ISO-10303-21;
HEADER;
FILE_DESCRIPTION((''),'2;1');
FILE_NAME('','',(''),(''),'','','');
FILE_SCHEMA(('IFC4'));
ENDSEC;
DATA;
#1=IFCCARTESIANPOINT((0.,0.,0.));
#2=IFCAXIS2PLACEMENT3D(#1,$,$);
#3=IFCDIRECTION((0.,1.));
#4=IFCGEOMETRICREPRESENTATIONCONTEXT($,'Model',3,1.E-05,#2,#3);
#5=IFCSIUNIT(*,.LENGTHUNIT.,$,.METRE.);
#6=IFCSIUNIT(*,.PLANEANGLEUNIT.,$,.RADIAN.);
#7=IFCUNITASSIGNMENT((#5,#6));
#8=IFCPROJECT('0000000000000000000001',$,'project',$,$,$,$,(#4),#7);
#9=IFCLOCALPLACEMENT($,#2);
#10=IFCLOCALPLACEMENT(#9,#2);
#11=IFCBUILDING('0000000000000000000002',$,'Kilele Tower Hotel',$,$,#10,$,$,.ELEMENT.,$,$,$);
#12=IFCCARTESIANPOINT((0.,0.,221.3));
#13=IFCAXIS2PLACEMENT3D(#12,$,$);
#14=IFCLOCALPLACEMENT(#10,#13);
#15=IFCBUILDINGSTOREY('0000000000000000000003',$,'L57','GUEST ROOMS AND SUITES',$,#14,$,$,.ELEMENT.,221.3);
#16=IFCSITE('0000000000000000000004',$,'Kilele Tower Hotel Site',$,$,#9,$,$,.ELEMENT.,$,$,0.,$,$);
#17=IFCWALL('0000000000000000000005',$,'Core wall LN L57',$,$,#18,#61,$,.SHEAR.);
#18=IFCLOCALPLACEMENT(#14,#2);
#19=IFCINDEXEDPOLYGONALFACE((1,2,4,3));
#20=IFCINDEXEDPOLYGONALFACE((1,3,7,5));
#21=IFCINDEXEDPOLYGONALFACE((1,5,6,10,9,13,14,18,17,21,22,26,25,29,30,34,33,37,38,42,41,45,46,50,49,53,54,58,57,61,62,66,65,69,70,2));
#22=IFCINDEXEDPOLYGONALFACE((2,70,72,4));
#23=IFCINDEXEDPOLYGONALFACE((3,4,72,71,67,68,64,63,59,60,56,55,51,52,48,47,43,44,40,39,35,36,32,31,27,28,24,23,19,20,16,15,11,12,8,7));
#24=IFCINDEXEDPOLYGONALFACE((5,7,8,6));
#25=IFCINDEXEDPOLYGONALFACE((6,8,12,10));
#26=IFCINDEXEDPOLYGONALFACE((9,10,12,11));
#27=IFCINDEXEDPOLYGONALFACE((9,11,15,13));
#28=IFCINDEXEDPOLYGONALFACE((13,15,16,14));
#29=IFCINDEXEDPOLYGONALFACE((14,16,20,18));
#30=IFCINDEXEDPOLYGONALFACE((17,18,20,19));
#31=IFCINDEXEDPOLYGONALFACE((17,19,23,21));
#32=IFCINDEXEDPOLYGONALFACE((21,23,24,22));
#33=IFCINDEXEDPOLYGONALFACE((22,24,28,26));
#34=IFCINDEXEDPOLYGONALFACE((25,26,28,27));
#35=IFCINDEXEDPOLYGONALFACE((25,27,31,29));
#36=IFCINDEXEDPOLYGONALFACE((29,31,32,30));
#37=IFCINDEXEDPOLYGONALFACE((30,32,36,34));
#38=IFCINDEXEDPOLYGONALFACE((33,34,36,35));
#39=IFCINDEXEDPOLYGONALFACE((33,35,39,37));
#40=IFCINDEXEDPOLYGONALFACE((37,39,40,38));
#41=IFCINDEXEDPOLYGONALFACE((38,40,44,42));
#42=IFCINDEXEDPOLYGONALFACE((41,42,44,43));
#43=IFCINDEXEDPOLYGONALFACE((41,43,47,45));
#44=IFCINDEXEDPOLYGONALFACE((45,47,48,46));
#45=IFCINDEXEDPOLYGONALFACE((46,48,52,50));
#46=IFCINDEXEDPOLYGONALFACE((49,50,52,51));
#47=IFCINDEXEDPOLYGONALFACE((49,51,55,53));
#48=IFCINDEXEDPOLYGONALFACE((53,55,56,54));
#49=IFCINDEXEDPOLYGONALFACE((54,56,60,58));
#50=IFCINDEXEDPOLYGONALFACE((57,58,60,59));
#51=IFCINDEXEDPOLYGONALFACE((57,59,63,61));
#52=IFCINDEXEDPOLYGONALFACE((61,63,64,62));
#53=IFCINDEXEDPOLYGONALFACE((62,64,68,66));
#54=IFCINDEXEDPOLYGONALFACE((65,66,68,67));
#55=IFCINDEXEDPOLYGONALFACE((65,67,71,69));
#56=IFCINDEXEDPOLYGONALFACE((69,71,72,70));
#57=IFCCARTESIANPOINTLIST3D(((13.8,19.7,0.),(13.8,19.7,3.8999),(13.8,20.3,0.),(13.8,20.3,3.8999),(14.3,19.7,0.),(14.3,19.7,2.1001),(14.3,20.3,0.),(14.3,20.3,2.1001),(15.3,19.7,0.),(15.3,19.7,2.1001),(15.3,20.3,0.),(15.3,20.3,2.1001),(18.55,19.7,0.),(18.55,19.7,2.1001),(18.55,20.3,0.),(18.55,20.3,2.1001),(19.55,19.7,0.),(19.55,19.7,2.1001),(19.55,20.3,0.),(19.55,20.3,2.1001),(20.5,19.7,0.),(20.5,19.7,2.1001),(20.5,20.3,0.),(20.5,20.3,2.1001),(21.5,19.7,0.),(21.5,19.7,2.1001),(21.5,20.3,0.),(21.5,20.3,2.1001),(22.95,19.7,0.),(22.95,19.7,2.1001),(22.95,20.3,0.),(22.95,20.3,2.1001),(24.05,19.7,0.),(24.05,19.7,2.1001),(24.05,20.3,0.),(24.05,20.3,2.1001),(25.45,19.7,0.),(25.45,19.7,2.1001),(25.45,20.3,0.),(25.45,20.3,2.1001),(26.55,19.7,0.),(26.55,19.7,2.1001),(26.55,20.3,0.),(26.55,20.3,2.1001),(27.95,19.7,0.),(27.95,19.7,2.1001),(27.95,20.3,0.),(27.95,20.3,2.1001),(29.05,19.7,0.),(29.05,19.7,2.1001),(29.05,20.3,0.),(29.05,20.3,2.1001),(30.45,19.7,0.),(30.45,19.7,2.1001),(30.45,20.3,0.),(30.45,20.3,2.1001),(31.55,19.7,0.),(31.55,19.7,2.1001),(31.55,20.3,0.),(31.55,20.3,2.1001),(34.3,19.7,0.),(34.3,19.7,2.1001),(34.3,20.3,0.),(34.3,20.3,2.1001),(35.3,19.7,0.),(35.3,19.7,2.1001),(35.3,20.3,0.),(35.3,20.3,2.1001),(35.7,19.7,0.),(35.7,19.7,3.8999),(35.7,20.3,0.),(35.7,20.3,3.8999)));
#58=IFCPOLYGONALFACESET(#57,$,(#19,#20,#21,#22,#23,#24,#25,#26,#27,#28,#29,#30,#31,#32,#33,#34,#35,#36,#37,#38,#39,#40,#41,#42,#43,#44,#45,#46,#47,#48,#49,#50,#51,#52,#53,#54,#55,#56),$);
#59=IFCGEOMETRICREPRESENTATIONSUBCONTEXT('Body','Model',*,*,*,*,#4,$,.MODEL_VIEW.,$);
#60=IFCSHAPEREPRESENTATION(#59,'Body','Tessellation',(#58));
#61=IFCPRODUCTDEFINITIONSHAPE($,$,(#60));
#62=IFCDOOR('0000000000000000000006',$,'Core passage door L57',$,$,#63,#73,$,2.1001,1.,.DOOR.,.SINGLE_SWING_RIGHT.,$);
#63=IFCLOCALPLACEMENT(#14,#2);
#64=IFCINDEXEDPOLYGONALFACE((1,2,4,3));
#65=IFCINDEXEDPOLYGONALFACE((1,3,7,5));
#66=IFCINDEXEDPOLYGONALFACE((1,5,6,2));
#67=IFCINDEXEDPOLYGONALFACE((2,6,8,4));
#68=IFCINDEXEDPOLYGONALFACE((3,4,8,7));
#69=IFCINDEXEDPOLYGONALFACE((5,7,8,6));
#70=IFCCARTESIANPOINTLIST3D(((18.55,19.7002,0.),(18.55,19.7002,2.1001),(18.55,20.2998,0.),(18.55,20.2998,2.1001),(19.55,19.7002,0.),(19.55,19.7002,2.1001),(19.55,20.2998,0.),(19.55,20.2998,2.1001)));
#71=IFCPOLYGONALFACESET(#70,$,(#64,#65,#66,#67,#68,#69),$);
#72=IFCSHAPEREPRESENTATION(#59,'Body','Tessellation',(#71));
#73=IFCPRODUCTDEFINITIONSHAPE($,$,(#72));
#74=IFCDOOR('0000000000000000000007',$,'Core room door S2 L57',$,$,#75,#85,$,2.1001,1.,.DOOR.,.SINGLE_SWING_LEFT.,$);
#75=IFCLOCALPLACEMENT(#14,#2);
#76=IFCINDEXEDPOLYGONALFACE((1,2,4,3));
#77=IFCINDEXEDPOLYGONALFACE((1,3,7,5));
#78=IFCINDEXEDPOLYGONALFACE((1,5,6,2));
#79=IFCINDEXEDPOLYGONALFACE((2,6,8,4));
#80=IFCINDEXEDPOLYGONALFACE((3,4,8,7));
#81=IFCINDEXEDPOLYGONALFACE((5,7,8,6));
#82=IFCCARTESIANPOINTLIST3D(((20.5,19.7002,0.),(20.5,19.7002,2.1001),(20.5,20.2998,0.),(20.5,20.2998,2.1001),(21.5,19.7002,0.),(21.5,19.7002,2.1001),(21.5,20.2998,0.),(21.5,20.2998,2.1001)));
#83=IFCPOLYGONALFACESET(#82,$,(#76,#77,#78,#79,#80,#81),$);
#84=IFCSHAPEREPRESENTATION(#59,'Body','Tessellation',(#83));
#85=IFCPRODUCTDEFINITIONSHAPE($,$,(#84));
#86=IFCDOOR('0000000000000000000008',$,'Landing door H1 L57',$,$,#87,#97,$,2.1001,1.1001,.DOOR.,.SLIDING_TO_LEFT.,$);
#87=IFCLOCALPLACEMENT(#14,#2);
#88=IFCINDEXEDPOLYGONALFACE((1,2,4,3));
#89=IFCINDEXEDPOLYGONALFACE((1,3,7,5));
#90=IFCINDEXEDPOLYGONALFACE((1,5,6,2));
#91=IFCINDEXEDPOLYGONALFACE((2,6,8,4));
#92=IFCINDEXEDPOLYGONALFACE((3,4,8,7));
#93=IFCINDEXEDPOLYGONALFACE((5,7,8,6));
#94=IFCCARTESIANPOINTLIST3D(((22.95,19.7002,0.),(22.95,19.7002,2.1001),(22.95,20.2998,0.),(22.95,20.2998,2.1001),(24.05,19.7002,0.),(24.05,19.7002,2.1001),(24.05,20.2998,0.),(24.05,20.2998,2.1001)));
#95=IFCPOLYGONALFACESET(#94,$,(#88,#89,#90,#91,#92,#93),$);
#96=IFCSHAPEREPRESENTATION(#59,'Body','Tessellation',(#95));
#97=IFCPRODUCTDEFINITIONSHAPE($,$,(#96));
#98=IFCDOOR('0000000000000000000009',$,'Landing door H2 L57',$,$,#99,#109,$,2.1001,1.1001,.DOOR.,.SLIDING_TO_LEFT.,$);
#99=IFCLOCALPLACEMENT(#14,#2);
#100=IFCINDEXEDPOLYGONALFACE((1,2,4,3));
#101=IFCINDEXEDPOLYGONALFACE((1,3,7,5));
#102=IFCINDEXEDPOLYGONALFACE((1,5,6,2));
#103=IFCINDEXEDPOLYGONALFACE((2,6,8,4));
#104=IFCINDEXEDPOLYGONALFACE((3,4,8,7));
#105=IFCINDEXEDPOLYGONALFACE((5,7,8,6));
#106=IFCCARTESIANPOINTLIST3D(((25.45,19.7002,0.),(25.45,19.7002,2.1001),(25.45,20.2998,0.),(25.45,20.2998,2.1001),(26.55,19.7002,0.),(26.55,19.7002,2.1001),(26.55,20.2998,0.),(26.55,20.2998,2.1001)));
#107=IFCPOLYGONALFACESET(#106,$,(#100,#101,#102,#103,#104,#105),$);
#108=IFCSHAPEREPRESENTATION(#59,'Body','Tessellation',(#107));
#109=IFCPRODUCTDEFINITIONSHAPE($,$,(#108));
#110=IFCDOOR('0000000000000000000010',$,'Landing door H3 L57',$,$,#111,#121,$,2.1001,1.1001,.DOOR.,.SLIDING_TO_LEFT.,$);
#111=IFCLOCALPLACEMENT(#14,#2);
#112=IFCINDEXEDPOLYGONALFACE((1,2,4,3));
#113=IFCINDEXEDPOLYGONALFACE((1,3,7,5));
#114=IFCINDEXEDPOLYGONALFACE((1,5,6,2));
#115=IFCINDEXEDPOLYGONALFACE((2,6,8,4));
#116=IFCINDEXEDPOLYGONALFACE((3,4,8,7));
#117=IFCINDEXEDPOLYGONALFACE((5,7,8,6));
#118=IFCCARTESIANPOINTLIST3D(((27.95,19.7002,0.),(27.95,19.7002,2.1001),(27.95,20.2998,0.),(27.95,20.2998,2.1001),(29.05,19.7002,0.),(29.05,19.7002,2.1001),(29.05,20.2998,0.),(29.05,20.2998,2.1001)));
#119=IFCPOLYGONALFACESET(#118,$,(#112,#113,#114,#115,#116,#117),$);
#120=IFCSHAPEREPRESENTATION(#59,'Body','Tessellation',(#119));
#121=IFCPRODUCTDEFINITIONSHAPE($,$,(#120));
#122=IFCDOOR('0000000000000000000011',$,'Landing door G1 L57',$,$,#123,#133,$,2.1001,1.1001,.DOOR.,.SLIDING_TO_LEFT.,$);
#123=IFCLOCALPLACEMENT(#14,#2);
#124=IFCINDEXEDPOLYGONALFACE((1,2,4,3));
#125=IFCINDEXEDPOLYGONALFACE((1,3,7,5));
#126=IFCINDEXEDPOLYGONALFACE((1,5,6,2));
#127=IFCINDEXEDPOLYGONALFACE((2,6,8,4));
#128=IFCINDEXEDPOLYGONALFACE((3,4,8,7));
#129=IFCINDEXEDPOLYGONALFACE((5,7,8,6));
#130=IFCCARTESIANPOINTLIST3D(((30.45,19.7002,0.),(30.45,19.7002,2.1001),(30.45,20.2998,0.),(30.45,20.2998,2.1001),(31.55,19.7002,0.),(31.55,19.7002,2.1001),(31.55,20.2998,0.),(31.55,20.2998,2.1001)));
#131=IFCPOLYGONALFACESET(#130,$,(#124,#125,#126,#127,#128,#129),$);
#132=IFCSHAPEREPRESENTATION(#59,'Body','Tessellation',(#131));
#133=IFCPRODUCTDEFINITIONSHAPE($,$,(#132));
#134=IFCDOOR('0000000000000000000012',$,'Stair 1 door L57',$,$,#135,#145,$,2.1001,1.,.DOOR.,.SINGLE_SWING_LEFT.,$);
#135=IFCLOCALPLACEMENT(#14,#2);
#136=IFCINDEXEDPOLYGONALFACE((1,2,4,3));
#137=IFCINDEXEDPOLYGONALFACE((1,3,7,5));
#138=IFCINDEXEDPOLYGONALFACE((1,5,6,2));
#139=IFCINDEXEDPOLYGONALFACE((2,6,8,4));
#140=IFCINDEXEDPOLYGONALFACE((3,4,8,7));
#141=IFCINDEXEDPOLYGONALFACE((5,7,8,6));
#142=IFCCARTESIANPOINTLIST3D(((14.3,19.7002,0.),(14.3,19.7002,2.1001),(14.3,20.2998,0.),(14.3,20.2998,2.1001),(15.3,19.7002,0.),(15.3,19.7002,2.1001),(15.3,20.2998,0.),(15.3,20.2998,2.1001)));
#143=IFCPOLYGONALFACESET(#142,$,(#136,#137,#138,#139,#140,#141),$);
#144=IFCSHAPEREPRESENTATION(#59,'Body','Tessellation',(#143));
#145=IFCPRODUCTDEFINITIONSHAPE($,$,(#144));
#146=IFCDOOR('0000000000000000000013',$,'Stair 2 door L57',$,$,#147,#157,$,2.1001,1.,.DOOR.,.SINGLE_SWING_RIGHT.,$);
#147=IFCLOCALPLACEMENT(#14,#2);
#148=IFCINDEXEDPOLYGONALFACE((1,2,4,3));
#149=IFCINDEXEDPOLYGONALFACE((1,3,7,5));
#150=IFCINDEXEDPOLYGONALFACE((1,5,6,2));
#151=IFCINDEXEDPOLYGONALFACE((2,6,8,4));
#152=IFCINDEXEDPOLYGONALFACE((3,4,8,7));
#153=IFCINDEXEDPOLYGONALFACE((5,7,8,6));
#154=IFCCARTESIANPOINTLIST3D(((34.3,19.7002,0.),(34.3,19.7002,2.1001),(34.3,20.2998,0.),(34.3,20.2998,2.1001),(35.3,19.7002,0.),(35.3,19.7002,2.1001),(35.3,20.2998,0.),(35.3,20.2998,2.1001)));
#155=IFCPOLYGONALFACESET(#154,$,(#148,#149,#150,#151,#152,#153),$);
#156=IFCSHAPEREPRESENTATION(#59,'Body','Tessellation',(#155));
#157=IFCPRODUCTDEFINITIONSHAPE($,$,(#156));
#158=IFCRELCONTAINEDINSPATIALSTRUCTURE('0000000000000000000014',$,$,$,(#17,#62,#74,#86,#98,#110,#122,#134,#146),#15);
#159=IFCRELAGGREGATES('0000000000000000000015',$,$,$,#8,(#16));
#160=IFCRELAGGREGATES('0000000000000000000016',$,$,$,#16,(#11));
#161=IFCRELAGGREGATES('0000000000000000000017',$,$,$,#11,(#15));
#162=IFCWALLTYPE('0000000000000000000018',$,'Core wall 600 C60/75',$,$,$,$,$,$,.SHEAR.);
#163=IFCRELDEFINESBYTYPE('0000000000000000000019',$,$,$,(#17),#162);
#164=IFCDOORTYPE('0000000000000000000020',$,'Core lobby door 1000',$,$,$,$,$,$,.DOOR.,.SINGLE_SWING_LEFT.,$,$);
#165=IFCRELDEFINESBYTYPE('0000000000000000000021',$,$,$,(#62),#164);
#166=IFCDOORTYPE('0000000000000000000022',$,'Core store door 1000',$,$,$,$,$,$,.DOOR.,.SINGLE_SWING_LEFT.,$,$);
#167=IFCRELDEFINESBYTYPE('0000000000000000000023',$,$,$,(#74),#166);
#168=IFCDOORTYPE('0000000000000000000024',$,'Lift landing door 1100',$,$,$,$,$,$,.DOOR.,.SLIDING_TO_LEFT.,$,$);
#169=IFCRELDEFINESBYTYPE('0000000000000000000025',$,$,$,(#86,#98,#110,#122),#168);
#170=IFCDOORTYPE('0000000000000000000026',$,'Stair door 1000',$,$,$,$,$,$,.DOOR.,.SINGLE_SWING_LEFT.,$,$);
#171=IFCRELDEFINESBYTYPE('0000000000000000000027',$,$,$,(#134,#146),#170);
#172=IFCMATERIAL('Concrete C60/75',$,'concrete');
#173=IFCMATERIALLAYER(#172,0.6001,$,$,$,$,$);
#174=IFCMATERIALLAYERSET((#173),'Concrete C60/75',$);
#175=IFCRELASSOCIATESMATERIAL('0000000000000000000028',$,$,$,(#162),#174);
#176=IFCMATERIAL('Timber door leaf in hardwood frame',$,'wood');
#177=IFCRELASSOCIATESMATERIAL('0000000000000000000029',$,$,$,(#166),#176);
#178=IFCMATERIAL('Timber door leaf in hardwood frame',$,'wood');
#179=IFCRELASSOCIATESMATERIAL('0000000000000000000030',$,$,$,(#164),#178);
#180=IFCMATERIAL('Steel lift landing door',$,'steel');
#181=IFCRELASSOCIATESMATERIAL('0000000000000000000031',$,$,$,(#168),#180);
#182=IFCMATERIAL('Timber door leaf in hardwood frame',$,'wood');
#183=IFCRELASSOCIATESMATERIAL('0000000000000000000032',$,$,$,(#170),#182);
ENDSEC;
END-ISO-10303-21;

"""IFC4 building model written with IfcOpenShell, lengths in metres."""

from ifc_helpers import new_model, si_unit, direction, frame, frame_2d, origin, place, context, subcontext, project, spatial, rectangle, extrude, material, layer, layer_set, type_object, element, fill, save


model = new_model("IFC4")

# Units and contexts
model_context = context("Model", 3, precision=1e-05, world=origin(), true_north=direction((0.0, 1.0)))
body_context = subcontext(model_context, "Body", "Model", "MODEL_VIEW")
ifc_project = project(units=[si_unit("LENGTHUNIT", "METRE"), si_unit("PLANEANGLEUNIT", "RADIAN")], contexts=[model_context])

# Site, building, storey
site_placement = place(None, origin())
site = spatial("IfcSite", under=ifc_project, at=site_placement, Name="Kilele Tower Hotel Site", CompositionType="ELEMENT", RefElevation=0.0)
building_placement = place(site_placement, origin())
building = spatial("IfcBuilding", under=site, at=building_placement, Name="Kilele Tower Hotel", CompositionType="ELEMENT")
storey_placement = place(building_placement, frame((0.0, 0.0, 221.3)))
storey = spatial("IfcBuildingStorey", under=building, at=storey_placement, Name="L57", Description="GUEST ROOMS AND SUITES", CompositionType="ELEMENT", Elevation=221.3)

# Shared definitions
ifc_material_1 = material(Name="Concrete C60/75", Category="concrete")
ifc_layer_1 = layer(ifc_material_1, 0.6001)
ifc_layer_set_1 = layer_set([ifc_layer_1], Name="Concrete C60/75")
wall_type_1 = type_object("IfcWallType", Name="Core wall 600 C60/75", PredefinedType="SHEAR", material=ifc_layer_set_1)

# Wall, openings, doors
ifc_material_2 = material(Name="Timber door leaf in hardwood frame", Category="wood")
door_type_1 = type_object("IfcDoorType", Name="Core store door 1000", OperationType="SINGLE_SWING_LEFT", PredefinedType="DOOR", material=ifc_material_2)
wall_1_placement = place(storey_placement, frame((13.8, 20.0, 0.0), z_axis=(0.0, 0.0, 1.0), x_axis=(1.0, 0.0, 0.0)))
wall_1 = element("IfcWall", 1, at=wall_1_placement, inside=storey, type_object=wall_type_1, Name="Core wall LN L57", PredefinedType="SHEAR", context=body_context, shape_type="SweptSolid", body=[
    extrude(rectangle(XDim=21.8999, YDim=0.6001, at=frame_2d((10.95, 0.0))), origin(), (0.0, 0.0, 1.0), 3.8999),
])
opening_1_placement = place(wall_1_placement, frame((0.5, 0.0, 0.0)))
opening_1 = element("IfcOpeningElement", 2, at=opening_1_placement, cuts=wall_1, PredefinedType="OPENING", context=body_context, shape_type="SweptSolid", body=[
    extrude(rectangle(XDim=1.0, YDim=2.1001, at=frame_2d((0.5, 1.05))), frame((0.0, 0.3101, 0.0), z_axis=(0.0, -1.0, 0.0), x_axis=(1.0, 0.0, 0.0)), (0.0, 0.0, 1.0), 0.6201),
])
opening_2_placement = place(wall_1_placement, frame((20.5, 0.0, 0.0)))
opening_2 = element("IfcOpeningElement", 3, at=opening_2_placement, cuts=wall_1, PredefinedType="OPENING", context=body_context, shape_type="SweptSolid", body=[
    extrude(rectangle(XDim=1.0, YDim=2.1001, at=frame_2d((0.5, 1.05))), frame((0.0, 0.3101, 0.0), z_axis=(0.0, -1.0, 0.0), x_axis=(1.0, 0.0, 0.0)), (0.0, 0.0, 1.0), 0.6201),
])
opening_3_placement = place(wall_1_placement, frame((9.1499, 0.0, 0.0)))
opening_3 = element("IfcOpeningElement", 4, at=opening_3_placement, cuts=wall_1, PredefinedType="OPENING", context=body_context, shape_type="SweptSolid", body=[
    extrude(rectangle(XDim=1.1001, YDim=2.1001, at=frame_2d((0.55, 1.05))), frame((0.0, 0.3101, 0.0), z_axis=(0.0, -1.0, 0.0), x_axis=(1.0, 0.0, 0.0)), (0.0, 0.0, 1.0), 0.6201),
])
opening_4_placement = place(wall_1_placement, frame((11.6499, 0.0, 0.0)))
opening_4 = element("IfcOpeningElement", 5, at=opening_4_placement, cuts=wall_1, PredefinedType="OPENING", context=body_context, shape_type="SweptSolid", body=[
    extrude(rectangle(XDim=1.1001, YDim=2.1001, at=frame_2d((0.55, 1.05))), frame((0.0, 0.3101, 0.0), z_axis=(0.0, -1.0, 0.0), x_axis=(1.0, 0.0, 0.0)), (0.0, 0.0, 1.0), 0.6201),
])
opening_5_placement = place(wall_1_placement, frame((14.1499, 0.0, 0.0)))
opening_5 = element("IfcOpeningElement", 6, at=opening_5_placement, cuts=wall_1, PredefinedType="OPENING", context=body_context, shape_type="SweptSolid", body=[
    extrude(rectangle(XDim=1.1001, YDim=2.1001, at=frame_2d((0.55, 1.05))), frame((0.0, 0.3101, 0.0), z_axis=(0.0, -1.0, 0.0), x_axis=(1.0, 0.0, 0.0)), (0.0, 0.0, 1.0), 0.6201),
])
opening_6_placement = place(wall_1_placement, frame((16.6499, 0.0, 0.0)))
opening_6 = element("IfcOpeningElement", 7, at=opening_6_placement, cuts=wall_1, PredefinedType="OPENING", context=body_context, shape_type="SweptSolid", body=[
    extrude(rectangle(XDim=1.1001, YDim=2.1001, at=frame_2d((0.55, 1.05))), frame((0.0, 0.3101, 0.0), z_axis=(0.0, -1.0, 0.0), x_axis=(1.0, 0.0, 0.0)), (0.0, 0.0, 1.0), 0.6201),
])
opening_7_placement = place(wall_1_placement, frame((5.75, 0.0, 0.0), z_axis=(0.0, 0.0, 1.0), x_axis=(-1.0, 0.0, 0.0)))
opening_7 = element("IfcOpeningElement", 8, at=opening_7_placement, cuts=wall_1, PredefinedType="OPENING", context=body_context, shape_type="SweptSolid", body=[
    extrude(rectangle(XDim=1.0, YDim=2.1001, at=frame_2d((0.5, 1.05))), frame((0.0, 0.3101, 0.0), z_axis=(0.0, -1.0, 0.0), x_axis=(1.0, 0.0, 0.0)), (0.0, 0.0, 1.0), 0.6201),
])
opening_8_placement = place(wall_1_placement, frame((6.7, 0.0, 0.0)))
opening_8 = element("IfcOpeningElement", 9, at=opening_8_placement, cuts=wall_1, PredefinedType="OPENING", context=body_context, shape_type="SweptSolid", body=[
    extrude(rectangle(XDim=1.0, YDim=2.1001, at=frame_2d((0.5, 1.05))), frame((0.0, 0.3101, 0.0), z_axis=(0.0, -1.0, 0.0), x_axis=(1.0, 0.0, 0.0)), (0.0, 0.0, 1.0), 0.6201),
])
ifc_material_3 = material(Name="Timber door leaf in hardwood frame", Category="wood")
door_type_2 = type_object("IfcDoorType", Name="Core lobby door 1000", OperationType="SINGLE_SWING_LEFT", PredefinedType="DOOR", material=ifc_material_3)
door_1_placement = place(opening_7_placement, origin())
door_1 = element("IfcDoor", 10, at=door_1_placement, inside=storey, type_object=door_type_2, Name="Core passage door L57", OperationType="SINGLE_SWING_RIGHT", OverallHeight=2.1001, OverallWidth=1.0, PredefinedType="DOOR", context=body_context, shape_type="SweptSolid", body=[
    extrude(rectangle(XDim=1.0, YDim=2.1001, at=frame_2d((0.5, 1.05))), frame((0.0, 0.2998, 0.0), z_axis=(0.0, -1.0, 0.0), x_axis=(1.0, 0.0, 0.0)), (0.0, 0.0, 1.0), 0.5996),
])
fill(opening_7, door_1)
door_2_placement = place(opening_8_placement, origin())
door_2 = element("IfcDoor", 11, at=door_2_placement, inside=storey, type_object=door_type_1, Name="Core room door S2 L57", OperationType="SINGLE_SWING_LEFT", OverallHeight=2.1001, OverallWidth=1.0, PredefinedType="DOOR", context=body_context, shape_type="SweptSolid", body=[
    extrude(rectangle(XDim=1.0, YDim=2.1001, at=frame_2d((0.5, 1.05))), frame((0.0, 0.2998, 0.0), z_axis=(0.0, -1.0, 0.0), x_axis=(1.0, 0.0, 0.0)), (0.0, 0.0, 1.0), 0.5996),
])
fill(opening_8, door_2)
ifc_material_4 = material(Name="Steel lift landing door", Category="steel")
door_type_3 = type_object("IfcDoorType", Name="Lift landing door 1100", OperationType="SLIDING_TO_LEFT", PredefinedType="DOOR", material=ifc_material_4)
door_3_placement = place(opening_3_placement, origin())
door_3 = element("IfcDoor", 12, at=door_3_placement, inside=storey, type_object=door_type_3, Name="Landing door H1 L57", OperationType="SLIDING_TO_LEFT", OverallHeight=2.1001, OverallWidth=1.1001, PredefinedType="DOOR", context=body_context, shape_type="SweptSolid", body=[
    extrude(rectangle(XDim=1.1001, YDim=2.1001, at=frame_2d((0.55, 1.05))), frame((0.0, 0.2998, 0.0), z_axis=(0.0, -1.0, 0.0), x_axis=(1.0, 0.0, 0.0)), (0.0, 0.0, 1.0), 0.5996),
])
fill(opening_3, door_3)
door_4_placement = place(opening_4_placement, origin())
door_4 = element("IfcDoor", 13, at=door_4_placement, inside=storey, type_object=door_type_3, Name="Landing door H2 L57", OperationType="SLIDING_TO_LEFT", OverallHeight=2.1001, OverallWidth=1.1001, PredefinedType="DOOR", context=body_context, shape_type="SweptSolid", body=[
    extrude(rectangle(XDim=1.1001, YDim=2.1001, at=frame_2d((0.55, 1.05))), frame((0.0, 0.2998, 0.0), z_axis=(0.0, -1.0, 0.0), x_axis=(1.0, 0.0, 0.0)), (0.0, 0.0, 1.0), 0.5996),
])
fill(opening_4, door_4)
door_5_placement = place(opening_5_placement, origin())
door_5 = element("IfcDoor", 14, at=door_5_placement, inside=storey, type_object=door_type_3, Name="Landing door H3 L57", OperationType="SLIDING_TO_LEFT", OverallHeight=2.1001, OverallWidth=1.1001, PredefinedType="DOOR", context=body_context, shape_type="SweptSolid", body=[
    extrude(rectangle(XDim=1.1001, YDim=2.1001, at=frame_2d((0.55, 1.05))), frame((0.0, 0.2998, 0.0), z_axis=(0.0, -1.0, 0.0), x_axis=(1.0, 0.0, 0.0)), (0.0, 0.0, 1.0), 0.5996),
])
fill(opening_5, door_5)
door_6_placement = place(opening_6_placement, origin())
door_6 = element("IfcDoor", 15, at=door_6_placement, inside=storey, type_object=door_type_3, Name="Landing door G1 L57", OperationType="SLIDING_TO_LEFT", OverallHeight=2.1001, OverallWidth=1.1001, PredefinedType="DOOR", context=body_context, shape_type="SweptSolid", body=[
    extrude(rectangle(XDim=1.1001, YDim=2.1001, at=frame_2d((0.55, 1.05))), frame((0.0, 0.2998, 0.0), z_axis=(0.0, -1.0, 0.0), x_axis=(1.0, 0.0, 0.0)), (0.0, 0.0, 1.0), 0.5996),
])
fill(opening_6, door_6)
ifc_material_5 = material(Name="Timber door leaf in hardwood frame", Category="wood")
door_type_4 = type_object("IfcDoorType", Name="Stair door 1000", OperationType="SINGLE_SWING_LEFT", PredefinedType="DOOR", material=ifc_material_5)
door_7_placement = place(opening_1_placement, origin())
door_7 = element("IfcDoor", 16, at=door_7_placement, inside=storey, type_object=door_type_4, Name="Stair 1 door L57", OperationType="SINGLE_SWING_LEFT", OverallHeight=2.1001, OverallWidth=1.0, PredefinedType="DOOR", context=body_context, shape_type="SweptSolid", body=[
    extrude(rectangle(XDim=1.0, YDim=2.1001, at=frame_2d((0.5, 1.05))), frame((0.0, 0.2998, 0.0), z_axis=(0.0, -1.0, 0.0), x_axis=(1.0, 0.0, 0.0)), (0.0, 0.0, 1.0), 0.5996),
])
fill(opening_1, door_7)
door_8_placement = place(opening_2_placement, origin())
door_8 = element("IfcDoor", 17, at=door_8_placement, inside=storey, type_object=door_type_4, Name="Stair 2 door L57", OperationType="SINGLE_SWING_RIGHT", OverallHeight=2.1001, OverallWidth=1.0, PredefinedType="DOOR", context=body_context, shape_type="SweptSolid", body=[
    extrude(rectangle(XDim=1.0, YDim=2.1001, at=frame_2d((0.5, 1.05))), frame((0.0, 0.2998, 0.0), z_axis=(0.0, -1.0, 0.0), x_axis=(1.0, 0.0, 0.0)), (0.0, 0.0, 1.0), 0.5996),
])
fill(opening_2, door_8)

save(model, "model.ifc")
